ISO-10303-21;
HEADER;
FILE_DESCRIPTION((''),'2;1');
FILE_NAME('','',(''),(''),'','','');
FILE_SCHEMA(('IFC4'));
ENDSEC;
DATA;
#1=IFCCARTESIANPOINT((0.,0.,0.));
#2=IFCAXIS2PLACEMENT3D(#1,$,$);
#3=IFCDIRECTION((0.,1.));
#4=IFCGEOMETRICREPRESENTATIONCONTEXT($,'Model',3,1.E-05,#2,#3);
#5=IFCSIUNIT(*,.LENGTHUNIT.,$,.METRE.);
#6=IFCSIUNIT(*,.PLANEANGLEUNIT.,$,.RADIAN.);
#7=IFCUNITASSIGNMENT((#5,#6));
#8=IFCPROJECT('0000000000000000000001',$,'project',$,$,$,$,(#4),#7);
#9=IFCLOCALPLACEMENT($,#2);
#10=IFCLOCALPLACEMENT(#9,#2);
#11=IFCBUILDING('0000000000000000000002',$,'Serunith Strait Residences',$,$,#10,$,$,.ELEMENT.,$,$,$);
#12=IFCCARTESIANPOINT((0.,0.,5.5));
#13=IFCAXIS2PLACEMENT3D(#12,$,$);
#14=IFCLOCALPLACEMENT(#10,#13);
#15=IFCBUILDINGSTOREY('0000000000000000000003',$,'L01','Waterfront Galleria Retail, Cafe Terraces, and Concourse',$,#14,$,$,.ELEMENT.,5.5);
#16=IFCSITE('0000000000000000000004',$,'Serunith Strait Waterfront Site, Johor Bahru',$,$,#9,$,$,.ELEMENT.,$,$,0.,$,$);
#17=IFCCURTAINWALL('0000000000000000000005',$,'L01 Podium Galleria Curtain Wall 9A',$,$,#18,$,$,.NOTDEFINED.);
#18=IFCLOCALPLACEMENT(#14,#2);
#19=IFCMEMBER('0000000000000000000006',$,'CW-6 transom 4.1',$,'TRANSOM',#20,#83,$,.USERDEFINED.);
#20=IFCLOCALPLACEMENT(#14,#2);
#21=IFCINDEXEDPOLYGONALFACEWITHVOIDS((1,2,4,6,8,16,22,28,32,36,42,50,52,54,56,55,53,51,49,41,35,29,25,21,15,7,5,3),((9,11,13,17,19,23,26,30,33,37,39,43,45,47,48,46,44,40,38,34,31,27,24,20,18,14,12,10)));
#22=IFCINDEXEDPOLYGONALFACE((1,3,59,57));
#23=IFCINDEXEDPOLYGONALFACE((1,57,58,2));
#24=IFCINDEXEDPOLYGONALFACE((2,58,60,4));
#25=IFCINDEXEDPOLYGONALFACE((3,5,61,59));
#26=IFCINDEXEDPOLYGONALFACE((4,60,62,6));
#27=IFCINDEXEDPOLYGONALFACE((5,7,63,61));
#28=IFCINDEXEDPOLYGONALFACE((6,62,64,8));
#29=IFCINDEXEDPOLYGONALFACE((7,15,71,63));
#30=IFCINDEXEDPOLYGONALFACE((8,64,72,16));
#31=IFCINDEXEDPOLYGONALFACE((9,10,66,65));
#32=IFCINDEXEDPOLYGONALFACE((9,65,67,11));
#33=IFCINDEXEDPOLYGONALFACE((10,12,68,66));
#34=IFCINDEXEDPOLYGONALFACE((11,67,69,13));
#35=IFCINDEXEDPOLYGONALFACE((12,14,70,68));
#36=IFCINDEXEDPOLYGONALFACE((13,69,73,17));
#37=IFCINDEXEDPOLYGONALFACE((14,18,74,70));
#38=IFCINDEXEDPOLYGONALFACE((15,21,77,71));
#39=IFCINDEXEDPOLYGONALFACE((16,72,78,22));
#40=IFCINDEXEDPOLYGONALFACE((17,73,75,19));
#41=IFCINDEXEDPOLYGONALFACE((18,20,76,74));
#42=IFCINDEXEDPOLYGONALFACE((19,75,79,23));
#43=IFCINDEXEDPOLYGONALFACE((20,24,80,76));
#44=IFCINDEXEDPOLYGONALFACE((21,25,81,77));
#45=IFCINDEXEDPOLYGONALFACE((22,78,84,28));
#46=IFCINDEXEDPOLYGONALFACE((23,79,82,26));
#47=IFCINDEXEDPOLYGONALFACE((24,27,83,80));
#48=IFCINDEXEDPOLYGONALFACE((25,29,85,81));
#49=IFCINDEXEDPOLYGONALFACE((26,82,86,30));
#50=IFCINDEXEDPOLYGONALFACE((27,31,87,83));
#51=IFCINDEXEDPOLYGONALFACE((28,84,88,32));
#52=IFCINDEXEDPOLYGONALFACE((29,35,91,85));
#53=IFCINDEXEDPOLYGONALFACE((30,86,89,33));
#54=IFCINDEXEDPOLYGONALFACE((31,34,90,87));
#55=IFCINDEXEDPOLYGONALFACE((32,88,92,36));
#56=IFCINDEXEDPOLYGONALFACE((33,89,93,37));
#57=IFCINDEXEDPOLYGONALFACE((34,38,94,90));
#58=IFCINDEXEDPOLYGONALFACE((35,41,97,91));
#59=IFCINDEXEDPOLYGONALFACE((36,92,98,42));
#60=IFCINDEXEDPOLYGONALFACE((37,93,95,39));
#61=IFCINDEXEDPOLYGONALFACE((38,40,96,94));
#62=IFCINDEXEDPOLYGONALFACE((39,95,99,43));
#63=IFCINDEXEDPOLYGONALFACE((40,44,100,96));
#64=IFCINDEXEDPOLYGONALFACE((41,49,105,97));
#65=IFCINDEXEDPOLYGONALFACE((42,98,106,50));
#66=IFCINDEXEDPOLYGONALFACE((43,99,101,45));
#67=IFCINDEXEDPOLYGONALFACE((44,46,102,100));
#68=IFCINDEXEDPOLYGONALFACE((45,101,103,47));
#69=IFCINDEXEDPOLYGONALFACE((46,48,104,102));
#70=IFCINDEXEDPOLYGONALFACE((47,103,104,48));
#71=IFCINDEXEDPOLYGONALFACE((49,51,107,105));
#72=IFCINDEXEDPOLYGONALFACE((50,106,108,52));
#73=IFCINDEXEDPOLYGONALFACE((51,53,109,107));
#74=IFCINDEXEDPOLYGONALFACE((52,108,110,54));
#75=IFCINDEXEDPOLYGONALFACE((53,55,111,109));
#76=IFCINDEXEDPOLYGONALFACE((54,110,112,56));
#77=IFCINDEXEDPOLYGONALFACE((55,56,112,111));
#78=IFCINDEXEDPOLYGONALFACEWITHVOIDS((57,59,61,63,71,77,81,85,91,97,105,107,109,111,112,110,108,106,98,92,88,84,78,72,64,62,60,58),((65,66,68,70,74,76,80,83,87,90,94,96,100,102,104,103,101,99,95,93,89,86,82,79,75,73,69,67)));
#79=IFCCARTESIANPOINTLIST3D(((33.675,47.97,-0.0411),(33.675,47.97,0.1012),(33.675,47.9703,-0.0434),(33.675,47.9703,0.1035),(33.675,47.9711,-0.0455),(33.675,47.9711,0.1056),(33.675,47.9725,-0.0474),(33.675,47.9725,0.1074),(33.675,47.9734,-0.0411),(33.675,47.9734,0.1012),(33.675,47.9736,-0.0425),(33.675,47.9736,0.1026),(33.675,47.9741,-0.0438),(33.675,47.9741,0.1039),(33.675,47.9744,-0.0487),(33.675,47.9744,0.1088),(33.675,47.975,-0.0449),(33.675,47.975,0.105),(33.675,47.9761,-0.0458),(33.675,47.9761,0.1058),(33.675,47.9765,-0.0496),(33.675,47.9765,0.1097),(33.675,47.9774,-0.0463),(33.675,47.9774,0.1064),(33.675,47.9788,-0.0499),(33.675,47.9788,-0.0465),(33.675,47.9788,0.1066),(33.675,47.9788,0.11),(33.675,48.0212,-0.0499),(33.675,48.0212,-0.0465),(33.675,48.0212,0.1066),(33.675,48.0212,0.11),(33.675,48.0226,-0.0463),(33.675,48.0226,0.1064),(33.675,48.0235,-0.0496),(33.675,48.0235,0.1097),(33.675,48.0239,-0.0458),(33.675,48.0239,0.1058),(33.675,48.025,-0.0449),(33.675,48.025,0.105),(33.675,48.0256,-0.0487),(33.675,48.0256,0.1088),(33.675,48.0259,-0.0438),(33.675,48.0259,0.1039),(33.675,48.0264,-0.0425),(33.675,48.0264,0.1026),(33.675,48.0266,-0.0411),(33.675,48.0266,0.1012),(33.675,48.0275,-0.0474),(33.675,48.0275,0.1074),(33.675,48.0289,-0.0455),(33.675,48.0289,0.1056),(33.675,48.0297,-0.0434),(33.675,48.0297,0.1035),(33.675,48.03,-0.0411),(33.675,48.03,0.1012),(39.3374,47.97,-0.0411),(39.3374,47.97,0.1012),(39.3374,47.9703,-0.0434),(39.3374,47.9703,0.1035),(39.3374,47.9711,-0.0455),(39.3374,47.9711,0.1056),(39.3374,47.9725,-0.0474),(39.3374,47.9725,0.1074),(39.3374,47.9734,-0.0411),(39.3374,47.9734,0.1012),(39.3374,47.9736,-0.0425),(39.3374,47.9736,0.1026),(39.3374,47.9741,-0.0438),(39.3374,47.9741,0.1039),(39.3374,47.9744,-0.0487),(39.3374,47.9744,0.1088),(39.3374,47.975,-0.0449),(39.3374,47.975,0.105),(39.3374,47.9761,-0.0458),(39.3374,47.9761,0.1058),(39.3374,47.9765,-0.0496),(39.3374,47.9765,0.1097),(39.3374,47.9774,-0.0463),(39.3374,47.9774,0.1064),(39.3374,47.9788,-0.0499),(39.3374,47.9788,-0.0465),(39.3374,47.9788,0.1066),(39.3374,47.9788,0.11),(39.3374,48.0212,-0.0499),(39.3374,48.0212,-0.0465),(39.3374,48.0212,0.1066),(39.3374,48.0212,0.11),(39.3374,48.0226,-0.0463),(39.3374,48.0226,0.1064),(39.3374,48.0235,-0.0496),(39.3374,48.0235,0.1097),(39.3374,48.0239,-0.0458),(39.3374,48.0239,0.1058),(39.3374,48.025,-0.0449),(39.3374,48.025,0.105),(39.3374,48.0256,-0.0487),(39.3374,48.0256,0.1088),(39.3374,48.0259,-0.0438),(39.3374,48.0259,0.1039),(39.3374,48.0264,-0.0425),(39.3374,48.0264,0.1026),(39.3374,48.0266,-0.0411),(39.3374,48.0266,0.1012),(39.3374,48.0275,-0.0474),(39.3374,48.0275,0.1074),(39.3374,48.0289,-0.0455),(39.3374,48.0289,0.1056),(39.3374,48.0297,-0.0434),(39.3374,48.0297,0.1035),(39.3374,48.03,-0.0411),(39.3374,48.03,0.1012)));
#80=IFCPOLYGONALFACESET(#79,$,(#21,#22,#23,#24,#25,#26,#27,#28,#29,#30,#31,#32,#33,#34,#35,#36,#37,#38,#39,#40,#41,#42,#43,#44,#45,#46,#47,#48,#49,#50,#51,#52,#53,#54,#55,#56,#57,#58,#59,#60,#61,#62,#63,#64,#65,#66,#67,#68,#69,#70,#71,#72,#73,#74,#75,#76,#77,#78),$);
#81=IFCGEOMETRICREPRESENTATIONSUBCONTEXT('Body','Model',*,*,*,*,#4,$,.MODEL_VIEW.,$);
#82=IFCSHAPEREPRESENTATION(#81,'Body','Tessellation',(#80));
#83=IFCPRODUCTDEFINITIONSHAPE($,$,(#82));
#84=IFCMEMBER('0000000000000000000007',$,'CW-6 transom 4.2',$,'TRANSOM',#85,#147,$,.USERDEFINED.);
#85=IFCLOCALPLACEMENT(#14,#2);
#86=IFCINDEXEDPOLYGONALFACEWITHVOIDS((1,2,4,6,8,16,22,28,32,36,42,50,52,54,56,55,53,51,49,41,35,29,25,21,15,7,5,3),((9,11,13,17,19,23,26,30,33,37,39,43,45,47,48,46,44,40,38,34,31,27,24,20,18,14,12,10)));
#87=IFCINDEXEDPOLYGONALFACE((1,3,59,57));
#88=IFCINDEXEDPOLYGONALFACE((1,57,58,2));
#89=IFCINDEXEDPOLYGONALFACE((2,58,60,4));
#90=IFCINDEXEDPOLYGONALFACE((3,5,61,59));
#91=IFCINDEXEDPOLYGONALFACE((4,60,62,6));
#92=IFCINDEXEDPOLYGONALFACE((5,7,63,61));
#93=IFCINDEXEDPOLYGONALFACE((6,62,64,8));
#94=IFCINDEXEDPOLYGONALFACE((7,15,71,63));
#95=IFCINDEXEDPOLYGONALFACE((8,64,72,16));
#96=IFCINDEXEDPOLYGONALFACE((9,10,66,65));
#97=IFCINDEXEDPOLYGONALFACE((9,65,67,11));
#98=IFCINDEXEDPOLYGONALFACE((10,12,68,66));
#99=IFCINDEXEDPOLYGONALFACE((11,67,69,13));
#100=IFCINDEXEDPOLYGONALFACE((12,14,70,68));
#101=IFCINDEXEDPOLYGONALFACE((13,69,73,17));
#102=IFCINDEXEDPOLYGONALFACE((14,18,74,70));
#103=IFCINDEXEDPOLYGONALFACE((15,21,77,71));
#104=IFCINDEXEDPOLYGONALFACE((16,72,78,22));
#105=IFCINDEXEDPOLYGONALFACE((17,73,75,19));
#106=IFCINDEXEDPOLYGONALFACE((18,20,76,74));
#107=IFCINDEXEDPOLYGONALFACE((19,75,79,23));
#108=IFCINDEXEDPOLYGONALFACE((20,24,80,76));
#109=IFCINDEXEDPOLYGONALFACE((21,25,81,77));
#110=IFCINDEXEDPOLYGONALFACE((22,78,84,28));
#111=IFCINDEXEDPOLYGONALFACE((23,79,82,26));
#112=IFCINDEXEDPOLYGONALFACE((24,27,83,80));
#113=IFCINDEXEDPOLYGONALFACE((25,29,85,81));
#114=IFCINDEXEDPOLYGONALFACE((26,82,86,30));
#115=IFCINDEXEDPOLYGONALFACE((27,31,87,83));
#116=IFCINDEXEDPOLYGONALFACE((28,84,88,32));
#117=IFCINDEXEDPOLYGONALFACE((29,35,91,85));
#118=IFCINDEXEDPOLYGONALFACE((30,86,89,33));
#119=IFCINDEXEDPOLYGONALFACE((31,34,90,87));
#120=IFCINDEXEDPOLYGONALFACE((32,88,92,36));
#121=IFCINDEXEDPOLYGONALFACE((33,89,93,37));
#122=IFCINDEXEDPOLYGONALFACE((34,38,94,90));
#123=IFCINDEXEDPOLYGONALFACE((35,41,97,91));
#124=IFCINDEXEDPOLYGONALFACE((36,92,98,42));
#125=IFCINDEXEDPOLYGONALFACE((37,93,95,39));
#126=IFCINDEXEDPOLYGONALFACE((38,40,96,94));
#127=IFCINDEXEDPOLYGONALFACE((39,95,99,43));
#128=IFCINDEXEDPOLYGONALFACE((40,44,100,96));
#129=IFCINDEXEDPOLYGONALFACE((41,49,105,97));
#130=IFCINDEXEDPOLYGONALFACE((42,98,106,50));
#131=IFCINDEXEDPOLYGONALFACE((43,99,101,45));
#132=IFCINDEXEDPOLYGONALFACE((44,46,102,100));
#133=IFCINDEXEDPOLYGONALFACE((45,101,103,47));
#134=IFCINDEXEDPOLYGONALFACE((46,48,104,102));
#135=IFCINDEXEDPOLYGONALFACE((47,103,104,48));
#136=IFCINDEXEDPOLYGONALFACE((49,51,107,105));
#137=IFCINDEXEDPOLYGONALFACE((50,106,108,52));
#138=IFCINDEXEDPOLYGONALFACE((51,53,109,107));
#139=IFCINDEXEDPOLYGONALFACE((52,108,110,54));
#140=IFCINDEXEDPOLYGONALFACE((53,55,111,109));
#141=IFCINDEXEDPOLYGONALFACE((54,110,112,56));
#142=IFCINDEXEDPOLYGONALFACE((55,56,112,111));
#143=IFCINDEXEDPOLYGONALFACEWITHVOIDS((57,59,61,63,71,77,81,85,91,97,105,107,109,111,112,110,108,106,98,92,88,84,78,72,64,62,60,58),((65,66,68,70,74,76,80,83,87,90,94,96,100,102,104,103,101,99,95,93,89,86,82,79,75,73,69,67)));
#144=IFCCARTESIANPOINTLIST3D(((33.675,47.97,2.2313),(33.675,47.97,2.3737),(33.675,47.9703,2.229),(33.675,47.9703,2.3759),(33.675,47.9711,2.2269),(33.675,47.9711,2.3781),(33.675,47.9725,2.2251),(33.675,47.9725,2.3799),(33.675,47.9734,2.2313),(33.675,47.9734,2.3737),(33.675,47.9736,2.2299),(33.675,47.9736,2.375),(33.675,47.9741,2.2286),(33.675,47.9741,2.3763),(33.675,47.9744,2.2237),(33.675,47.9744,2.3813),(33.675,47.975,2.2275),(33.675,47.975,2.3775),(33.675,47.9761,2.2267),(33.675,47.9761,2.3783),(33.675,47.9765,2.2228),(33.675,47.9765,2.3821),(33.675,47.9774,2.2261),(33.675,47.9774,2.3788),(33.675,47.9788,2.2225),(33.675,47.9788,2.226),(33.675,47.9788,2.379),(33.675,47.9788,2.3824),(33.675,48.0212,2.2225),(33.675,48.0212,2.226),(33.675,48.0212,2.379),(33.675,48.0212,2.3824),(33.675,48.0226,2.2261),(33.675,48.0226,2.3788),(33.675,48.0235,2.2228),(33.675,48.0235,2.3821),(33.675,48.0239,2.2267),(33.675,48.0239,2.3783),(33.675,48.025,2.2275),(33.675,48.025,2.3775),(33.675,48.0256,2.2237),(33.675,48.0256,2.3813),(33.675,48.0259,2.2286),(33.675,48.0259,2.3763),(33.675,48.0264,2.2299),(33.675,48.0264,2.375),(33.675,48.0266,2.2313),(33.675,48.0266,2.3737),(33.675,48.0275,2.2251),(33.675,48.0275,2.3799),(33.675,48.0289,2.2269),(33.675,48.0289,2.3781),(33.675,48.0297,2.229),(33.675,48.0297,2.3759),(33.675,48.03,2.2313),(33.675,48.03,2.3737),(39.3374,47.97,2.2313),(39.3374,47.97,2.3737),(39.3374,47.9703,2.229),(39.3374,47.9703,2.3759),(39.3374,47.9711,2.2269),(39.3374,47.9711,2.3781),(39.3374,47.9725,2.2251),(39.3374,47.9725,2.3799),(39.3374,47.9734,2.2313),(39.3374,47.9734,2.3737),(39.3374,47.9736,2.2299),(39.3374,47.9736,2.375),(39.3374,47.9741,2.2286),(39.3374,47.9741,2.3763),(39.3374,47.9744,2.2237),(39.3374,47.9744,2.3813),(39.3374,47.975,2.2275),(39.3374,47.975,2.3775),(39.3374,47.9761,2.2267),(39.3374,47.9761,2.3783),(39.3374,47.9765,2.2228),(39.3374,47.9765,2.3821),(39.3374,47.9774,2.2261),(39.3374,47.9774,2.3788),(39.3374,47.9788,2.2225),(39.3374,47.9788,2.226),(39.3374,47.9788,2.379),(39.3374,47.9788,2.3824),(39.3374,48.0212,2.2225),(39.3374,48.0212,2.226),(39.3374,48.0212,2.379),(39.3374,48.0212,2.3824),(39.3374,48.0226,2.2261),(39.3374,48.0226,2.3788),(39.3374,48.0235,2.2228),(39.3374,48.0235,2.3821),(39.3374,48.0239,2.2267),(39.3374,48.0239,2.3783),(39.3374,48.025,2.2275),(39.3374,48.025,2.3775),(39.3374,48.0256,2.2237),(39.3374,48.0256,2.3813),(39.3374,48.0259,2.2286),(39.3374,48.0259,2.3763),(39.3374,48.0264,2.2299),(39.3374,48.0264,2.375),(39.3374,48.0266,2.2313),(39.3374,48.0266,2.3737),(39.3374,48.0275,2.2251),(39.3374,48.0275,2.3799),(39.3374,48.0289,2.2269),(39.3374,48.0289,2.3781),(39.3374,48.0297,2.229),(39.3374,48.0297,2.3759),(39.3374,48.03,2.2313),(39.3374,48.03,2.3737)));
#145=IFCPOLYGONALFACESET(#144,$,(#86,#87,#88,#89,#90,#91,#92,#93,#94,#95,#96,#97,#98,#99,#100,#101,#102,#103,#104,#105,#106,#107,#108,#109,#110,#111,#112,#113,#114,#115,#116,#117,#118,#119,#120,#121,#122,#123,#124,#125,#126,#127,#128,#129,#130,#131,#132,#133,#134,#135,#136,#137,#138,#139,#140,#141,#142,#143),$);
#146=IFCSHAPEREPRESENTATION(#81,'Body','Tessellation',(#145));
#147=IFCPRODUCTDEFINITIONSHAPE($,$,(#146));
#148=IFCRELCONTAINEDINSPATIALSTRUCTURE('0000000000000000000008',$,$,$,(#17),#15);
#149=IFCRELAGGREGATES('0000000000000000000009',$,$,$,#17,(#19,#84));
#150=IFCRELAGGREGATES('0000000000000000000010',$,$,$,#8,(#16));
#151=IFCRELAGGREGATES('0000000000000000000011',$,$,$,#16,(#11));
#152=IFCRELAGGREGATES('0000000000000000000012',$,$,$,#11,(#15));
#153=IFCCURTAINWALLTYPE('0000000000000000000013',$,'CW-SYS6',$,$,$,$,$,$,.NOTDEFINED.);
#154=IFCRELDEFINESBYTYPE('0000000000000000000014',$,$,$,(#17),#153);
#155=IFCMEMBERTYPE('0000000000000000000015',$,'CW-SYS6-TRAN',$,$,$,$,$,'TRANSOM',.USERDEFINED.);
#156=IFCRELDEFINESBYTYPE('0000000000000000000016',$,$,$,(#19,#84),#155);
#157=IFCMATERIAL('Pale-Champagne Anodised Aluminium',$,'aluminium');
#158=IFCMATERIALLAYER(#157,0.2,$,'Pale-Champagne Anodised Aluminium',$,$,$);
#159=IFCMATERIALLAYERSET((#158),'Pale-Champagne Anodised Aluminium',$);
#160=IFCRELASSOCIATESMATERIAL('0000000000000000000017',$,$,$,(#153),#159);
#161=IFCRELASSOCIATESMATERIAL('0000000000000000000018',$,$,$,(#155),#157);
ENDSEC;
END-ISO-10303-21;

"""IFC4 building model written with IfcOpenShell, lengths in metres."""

from ifc_helpers import new_model, si_unit, direction, frame, origin, origin_2d, place, context, subcontext, project, spatial, hollow_rectangle, extrude, source, transform, mapped, material, layer, layer_set, material_profile, profile_set, type_object, element, aggregate, save


model = new_model("IFC4")

# Units and contexts
model_context = context("Model", 3, precision=1e-05, world=origin(), true_north=direction((0.0, 1.0)))
body_context = subcontext(model_context, "Body", "Model", "MODEL_VIEW")
ifc_project = project(units=[si_unit("LENGTHUNIT", "METRE"), si_unit("PLANEANGLEUNIT", "RADIAN")], contexts=[model_context])

# Site, building, storey
site_placement = place(None, origin())
site = spatial("IfcSite", under=ifc_project, at=site_placement, Name="Serunith Strait Waterfront Site, Johor Bahru", CompositionType="ELEMENT", RefElevation=0.0)
building_placement = place(site_placement, origin())
building = spatial("IfcBuilding", under=site, at=building_placement, Name="Serunith Strait Residences", CompositionType="ELEMENT")
storey_placement = place(building_placement, frame((0.0, 0.0, 5.5)))
storey = spatial("IfcBuildingStorey", under=building, at=storey_placement, Name="L01", Description="Waterfront Galleria Retail, Cafe Terraces, and Concourse", CompositionType="ELEMENT", Elevation=5.5)

# Curtain wall
ifc_material_1 = material(Name="Pale-Champagne Anodised Aluminium", Category="aluminium")
ifc_layer_1 = layer(ifc_material_1, 0.2, Name="Pale-Champagne Anodised Aluminium")
ifc_layer_set_1 = layer_set([ifc_layer_1], Name="Pale-Champagne Anodised Aluminium")
curtain_wall_type = type_object("IfcCurtainWallType", Name="CW-SYS6", PredefinedType="NOTDEFINED", material=ifc_layer_set_1)
curtain_wall_1_placement = place(storey_placement, origin())
curtain_wall_1 = element("IfcCurtainWall", 1, at=curtain_wall_1_placement, inside=storey, type_object=curtain_wall_type, Name="L01 Podium Galleria Curtain Wall 9A", PredefinedType="NOTDEFINED")

# Shared definitions
ifc_material_profile_1 = material_profile(ifc_material_1, hollow_rectangle(XDim=0.0601, YDim=0.1599, WallThickness=0.0034, InnerFilletRadius=0.0054, OuterFilletRadius=0.0088, at=origin_2d()), Name="ALU 160x60x3.5")
ifc_profile_set_1 = profile_set([ifc_material_profile_1], Name="Pale-Champagne Anodised Aluminium")
member_type_1 = type_object("IfcMemberType", Name="CW-SYS6-TRAN", ElementType="TRANSOM", PredefinedType="USERDEFINED", material=ifc_profile_set_1)

# Members
shared_shape_1 = source(origin(), body_context, "Body", "SweptSolid", [
    extrude(hollow_rectangle(XDim=0.0601, YDim=0.1599, WallThickness=0.0034, InnerFilletRadius=0.0054, OuterFilletRadius=0.0088, at=origin_2d()), origin(), (0.0, 0.0, 1.0), 5.6624),
])
member_1_placement = place(storey_placement, frame((39.3374, 48.0, 0.03), z_axis=(-1.0, 0.0, 0.0), x_axis=(0.0, -1.0, 0.0)))
member_1 = element("IfcMember", 2, at=member_1_placement, type_object=member_type_1, Name="CW-6 transom 4.1", ObjectType="TRANSOM", PredefinedType="USERDEFINED", context=body_context, shape_type="MappedRepresentation", body=[
    mapped(shared_shape_1, transform((0.0, 0.0, 0.0), scale=1.0)),
])
member_2_placement = place(storey_placement, frame((39.3374, 48.0, 2.3025), z_axis=(-1.0, 0.0, 0.0), x_axis=(0.0, -1.0, 0.0)))
member_2 = element("IfcMember", 3, at=member_2_placement, type_object=member_type_1, Name="CW-6 transom 4.2", ObjectType="TRANSOM", PredefinedType="USERDEFINED", context=body_context, shape_type="MappedRepresentation", body=[
    mapped(shared_shape_1, transform((0.0, 0.0, 0.0), scale=1.0)),
])

aggregate(curtain_wall_1, [member_1, member_2])

save(model, "model.ifc")
